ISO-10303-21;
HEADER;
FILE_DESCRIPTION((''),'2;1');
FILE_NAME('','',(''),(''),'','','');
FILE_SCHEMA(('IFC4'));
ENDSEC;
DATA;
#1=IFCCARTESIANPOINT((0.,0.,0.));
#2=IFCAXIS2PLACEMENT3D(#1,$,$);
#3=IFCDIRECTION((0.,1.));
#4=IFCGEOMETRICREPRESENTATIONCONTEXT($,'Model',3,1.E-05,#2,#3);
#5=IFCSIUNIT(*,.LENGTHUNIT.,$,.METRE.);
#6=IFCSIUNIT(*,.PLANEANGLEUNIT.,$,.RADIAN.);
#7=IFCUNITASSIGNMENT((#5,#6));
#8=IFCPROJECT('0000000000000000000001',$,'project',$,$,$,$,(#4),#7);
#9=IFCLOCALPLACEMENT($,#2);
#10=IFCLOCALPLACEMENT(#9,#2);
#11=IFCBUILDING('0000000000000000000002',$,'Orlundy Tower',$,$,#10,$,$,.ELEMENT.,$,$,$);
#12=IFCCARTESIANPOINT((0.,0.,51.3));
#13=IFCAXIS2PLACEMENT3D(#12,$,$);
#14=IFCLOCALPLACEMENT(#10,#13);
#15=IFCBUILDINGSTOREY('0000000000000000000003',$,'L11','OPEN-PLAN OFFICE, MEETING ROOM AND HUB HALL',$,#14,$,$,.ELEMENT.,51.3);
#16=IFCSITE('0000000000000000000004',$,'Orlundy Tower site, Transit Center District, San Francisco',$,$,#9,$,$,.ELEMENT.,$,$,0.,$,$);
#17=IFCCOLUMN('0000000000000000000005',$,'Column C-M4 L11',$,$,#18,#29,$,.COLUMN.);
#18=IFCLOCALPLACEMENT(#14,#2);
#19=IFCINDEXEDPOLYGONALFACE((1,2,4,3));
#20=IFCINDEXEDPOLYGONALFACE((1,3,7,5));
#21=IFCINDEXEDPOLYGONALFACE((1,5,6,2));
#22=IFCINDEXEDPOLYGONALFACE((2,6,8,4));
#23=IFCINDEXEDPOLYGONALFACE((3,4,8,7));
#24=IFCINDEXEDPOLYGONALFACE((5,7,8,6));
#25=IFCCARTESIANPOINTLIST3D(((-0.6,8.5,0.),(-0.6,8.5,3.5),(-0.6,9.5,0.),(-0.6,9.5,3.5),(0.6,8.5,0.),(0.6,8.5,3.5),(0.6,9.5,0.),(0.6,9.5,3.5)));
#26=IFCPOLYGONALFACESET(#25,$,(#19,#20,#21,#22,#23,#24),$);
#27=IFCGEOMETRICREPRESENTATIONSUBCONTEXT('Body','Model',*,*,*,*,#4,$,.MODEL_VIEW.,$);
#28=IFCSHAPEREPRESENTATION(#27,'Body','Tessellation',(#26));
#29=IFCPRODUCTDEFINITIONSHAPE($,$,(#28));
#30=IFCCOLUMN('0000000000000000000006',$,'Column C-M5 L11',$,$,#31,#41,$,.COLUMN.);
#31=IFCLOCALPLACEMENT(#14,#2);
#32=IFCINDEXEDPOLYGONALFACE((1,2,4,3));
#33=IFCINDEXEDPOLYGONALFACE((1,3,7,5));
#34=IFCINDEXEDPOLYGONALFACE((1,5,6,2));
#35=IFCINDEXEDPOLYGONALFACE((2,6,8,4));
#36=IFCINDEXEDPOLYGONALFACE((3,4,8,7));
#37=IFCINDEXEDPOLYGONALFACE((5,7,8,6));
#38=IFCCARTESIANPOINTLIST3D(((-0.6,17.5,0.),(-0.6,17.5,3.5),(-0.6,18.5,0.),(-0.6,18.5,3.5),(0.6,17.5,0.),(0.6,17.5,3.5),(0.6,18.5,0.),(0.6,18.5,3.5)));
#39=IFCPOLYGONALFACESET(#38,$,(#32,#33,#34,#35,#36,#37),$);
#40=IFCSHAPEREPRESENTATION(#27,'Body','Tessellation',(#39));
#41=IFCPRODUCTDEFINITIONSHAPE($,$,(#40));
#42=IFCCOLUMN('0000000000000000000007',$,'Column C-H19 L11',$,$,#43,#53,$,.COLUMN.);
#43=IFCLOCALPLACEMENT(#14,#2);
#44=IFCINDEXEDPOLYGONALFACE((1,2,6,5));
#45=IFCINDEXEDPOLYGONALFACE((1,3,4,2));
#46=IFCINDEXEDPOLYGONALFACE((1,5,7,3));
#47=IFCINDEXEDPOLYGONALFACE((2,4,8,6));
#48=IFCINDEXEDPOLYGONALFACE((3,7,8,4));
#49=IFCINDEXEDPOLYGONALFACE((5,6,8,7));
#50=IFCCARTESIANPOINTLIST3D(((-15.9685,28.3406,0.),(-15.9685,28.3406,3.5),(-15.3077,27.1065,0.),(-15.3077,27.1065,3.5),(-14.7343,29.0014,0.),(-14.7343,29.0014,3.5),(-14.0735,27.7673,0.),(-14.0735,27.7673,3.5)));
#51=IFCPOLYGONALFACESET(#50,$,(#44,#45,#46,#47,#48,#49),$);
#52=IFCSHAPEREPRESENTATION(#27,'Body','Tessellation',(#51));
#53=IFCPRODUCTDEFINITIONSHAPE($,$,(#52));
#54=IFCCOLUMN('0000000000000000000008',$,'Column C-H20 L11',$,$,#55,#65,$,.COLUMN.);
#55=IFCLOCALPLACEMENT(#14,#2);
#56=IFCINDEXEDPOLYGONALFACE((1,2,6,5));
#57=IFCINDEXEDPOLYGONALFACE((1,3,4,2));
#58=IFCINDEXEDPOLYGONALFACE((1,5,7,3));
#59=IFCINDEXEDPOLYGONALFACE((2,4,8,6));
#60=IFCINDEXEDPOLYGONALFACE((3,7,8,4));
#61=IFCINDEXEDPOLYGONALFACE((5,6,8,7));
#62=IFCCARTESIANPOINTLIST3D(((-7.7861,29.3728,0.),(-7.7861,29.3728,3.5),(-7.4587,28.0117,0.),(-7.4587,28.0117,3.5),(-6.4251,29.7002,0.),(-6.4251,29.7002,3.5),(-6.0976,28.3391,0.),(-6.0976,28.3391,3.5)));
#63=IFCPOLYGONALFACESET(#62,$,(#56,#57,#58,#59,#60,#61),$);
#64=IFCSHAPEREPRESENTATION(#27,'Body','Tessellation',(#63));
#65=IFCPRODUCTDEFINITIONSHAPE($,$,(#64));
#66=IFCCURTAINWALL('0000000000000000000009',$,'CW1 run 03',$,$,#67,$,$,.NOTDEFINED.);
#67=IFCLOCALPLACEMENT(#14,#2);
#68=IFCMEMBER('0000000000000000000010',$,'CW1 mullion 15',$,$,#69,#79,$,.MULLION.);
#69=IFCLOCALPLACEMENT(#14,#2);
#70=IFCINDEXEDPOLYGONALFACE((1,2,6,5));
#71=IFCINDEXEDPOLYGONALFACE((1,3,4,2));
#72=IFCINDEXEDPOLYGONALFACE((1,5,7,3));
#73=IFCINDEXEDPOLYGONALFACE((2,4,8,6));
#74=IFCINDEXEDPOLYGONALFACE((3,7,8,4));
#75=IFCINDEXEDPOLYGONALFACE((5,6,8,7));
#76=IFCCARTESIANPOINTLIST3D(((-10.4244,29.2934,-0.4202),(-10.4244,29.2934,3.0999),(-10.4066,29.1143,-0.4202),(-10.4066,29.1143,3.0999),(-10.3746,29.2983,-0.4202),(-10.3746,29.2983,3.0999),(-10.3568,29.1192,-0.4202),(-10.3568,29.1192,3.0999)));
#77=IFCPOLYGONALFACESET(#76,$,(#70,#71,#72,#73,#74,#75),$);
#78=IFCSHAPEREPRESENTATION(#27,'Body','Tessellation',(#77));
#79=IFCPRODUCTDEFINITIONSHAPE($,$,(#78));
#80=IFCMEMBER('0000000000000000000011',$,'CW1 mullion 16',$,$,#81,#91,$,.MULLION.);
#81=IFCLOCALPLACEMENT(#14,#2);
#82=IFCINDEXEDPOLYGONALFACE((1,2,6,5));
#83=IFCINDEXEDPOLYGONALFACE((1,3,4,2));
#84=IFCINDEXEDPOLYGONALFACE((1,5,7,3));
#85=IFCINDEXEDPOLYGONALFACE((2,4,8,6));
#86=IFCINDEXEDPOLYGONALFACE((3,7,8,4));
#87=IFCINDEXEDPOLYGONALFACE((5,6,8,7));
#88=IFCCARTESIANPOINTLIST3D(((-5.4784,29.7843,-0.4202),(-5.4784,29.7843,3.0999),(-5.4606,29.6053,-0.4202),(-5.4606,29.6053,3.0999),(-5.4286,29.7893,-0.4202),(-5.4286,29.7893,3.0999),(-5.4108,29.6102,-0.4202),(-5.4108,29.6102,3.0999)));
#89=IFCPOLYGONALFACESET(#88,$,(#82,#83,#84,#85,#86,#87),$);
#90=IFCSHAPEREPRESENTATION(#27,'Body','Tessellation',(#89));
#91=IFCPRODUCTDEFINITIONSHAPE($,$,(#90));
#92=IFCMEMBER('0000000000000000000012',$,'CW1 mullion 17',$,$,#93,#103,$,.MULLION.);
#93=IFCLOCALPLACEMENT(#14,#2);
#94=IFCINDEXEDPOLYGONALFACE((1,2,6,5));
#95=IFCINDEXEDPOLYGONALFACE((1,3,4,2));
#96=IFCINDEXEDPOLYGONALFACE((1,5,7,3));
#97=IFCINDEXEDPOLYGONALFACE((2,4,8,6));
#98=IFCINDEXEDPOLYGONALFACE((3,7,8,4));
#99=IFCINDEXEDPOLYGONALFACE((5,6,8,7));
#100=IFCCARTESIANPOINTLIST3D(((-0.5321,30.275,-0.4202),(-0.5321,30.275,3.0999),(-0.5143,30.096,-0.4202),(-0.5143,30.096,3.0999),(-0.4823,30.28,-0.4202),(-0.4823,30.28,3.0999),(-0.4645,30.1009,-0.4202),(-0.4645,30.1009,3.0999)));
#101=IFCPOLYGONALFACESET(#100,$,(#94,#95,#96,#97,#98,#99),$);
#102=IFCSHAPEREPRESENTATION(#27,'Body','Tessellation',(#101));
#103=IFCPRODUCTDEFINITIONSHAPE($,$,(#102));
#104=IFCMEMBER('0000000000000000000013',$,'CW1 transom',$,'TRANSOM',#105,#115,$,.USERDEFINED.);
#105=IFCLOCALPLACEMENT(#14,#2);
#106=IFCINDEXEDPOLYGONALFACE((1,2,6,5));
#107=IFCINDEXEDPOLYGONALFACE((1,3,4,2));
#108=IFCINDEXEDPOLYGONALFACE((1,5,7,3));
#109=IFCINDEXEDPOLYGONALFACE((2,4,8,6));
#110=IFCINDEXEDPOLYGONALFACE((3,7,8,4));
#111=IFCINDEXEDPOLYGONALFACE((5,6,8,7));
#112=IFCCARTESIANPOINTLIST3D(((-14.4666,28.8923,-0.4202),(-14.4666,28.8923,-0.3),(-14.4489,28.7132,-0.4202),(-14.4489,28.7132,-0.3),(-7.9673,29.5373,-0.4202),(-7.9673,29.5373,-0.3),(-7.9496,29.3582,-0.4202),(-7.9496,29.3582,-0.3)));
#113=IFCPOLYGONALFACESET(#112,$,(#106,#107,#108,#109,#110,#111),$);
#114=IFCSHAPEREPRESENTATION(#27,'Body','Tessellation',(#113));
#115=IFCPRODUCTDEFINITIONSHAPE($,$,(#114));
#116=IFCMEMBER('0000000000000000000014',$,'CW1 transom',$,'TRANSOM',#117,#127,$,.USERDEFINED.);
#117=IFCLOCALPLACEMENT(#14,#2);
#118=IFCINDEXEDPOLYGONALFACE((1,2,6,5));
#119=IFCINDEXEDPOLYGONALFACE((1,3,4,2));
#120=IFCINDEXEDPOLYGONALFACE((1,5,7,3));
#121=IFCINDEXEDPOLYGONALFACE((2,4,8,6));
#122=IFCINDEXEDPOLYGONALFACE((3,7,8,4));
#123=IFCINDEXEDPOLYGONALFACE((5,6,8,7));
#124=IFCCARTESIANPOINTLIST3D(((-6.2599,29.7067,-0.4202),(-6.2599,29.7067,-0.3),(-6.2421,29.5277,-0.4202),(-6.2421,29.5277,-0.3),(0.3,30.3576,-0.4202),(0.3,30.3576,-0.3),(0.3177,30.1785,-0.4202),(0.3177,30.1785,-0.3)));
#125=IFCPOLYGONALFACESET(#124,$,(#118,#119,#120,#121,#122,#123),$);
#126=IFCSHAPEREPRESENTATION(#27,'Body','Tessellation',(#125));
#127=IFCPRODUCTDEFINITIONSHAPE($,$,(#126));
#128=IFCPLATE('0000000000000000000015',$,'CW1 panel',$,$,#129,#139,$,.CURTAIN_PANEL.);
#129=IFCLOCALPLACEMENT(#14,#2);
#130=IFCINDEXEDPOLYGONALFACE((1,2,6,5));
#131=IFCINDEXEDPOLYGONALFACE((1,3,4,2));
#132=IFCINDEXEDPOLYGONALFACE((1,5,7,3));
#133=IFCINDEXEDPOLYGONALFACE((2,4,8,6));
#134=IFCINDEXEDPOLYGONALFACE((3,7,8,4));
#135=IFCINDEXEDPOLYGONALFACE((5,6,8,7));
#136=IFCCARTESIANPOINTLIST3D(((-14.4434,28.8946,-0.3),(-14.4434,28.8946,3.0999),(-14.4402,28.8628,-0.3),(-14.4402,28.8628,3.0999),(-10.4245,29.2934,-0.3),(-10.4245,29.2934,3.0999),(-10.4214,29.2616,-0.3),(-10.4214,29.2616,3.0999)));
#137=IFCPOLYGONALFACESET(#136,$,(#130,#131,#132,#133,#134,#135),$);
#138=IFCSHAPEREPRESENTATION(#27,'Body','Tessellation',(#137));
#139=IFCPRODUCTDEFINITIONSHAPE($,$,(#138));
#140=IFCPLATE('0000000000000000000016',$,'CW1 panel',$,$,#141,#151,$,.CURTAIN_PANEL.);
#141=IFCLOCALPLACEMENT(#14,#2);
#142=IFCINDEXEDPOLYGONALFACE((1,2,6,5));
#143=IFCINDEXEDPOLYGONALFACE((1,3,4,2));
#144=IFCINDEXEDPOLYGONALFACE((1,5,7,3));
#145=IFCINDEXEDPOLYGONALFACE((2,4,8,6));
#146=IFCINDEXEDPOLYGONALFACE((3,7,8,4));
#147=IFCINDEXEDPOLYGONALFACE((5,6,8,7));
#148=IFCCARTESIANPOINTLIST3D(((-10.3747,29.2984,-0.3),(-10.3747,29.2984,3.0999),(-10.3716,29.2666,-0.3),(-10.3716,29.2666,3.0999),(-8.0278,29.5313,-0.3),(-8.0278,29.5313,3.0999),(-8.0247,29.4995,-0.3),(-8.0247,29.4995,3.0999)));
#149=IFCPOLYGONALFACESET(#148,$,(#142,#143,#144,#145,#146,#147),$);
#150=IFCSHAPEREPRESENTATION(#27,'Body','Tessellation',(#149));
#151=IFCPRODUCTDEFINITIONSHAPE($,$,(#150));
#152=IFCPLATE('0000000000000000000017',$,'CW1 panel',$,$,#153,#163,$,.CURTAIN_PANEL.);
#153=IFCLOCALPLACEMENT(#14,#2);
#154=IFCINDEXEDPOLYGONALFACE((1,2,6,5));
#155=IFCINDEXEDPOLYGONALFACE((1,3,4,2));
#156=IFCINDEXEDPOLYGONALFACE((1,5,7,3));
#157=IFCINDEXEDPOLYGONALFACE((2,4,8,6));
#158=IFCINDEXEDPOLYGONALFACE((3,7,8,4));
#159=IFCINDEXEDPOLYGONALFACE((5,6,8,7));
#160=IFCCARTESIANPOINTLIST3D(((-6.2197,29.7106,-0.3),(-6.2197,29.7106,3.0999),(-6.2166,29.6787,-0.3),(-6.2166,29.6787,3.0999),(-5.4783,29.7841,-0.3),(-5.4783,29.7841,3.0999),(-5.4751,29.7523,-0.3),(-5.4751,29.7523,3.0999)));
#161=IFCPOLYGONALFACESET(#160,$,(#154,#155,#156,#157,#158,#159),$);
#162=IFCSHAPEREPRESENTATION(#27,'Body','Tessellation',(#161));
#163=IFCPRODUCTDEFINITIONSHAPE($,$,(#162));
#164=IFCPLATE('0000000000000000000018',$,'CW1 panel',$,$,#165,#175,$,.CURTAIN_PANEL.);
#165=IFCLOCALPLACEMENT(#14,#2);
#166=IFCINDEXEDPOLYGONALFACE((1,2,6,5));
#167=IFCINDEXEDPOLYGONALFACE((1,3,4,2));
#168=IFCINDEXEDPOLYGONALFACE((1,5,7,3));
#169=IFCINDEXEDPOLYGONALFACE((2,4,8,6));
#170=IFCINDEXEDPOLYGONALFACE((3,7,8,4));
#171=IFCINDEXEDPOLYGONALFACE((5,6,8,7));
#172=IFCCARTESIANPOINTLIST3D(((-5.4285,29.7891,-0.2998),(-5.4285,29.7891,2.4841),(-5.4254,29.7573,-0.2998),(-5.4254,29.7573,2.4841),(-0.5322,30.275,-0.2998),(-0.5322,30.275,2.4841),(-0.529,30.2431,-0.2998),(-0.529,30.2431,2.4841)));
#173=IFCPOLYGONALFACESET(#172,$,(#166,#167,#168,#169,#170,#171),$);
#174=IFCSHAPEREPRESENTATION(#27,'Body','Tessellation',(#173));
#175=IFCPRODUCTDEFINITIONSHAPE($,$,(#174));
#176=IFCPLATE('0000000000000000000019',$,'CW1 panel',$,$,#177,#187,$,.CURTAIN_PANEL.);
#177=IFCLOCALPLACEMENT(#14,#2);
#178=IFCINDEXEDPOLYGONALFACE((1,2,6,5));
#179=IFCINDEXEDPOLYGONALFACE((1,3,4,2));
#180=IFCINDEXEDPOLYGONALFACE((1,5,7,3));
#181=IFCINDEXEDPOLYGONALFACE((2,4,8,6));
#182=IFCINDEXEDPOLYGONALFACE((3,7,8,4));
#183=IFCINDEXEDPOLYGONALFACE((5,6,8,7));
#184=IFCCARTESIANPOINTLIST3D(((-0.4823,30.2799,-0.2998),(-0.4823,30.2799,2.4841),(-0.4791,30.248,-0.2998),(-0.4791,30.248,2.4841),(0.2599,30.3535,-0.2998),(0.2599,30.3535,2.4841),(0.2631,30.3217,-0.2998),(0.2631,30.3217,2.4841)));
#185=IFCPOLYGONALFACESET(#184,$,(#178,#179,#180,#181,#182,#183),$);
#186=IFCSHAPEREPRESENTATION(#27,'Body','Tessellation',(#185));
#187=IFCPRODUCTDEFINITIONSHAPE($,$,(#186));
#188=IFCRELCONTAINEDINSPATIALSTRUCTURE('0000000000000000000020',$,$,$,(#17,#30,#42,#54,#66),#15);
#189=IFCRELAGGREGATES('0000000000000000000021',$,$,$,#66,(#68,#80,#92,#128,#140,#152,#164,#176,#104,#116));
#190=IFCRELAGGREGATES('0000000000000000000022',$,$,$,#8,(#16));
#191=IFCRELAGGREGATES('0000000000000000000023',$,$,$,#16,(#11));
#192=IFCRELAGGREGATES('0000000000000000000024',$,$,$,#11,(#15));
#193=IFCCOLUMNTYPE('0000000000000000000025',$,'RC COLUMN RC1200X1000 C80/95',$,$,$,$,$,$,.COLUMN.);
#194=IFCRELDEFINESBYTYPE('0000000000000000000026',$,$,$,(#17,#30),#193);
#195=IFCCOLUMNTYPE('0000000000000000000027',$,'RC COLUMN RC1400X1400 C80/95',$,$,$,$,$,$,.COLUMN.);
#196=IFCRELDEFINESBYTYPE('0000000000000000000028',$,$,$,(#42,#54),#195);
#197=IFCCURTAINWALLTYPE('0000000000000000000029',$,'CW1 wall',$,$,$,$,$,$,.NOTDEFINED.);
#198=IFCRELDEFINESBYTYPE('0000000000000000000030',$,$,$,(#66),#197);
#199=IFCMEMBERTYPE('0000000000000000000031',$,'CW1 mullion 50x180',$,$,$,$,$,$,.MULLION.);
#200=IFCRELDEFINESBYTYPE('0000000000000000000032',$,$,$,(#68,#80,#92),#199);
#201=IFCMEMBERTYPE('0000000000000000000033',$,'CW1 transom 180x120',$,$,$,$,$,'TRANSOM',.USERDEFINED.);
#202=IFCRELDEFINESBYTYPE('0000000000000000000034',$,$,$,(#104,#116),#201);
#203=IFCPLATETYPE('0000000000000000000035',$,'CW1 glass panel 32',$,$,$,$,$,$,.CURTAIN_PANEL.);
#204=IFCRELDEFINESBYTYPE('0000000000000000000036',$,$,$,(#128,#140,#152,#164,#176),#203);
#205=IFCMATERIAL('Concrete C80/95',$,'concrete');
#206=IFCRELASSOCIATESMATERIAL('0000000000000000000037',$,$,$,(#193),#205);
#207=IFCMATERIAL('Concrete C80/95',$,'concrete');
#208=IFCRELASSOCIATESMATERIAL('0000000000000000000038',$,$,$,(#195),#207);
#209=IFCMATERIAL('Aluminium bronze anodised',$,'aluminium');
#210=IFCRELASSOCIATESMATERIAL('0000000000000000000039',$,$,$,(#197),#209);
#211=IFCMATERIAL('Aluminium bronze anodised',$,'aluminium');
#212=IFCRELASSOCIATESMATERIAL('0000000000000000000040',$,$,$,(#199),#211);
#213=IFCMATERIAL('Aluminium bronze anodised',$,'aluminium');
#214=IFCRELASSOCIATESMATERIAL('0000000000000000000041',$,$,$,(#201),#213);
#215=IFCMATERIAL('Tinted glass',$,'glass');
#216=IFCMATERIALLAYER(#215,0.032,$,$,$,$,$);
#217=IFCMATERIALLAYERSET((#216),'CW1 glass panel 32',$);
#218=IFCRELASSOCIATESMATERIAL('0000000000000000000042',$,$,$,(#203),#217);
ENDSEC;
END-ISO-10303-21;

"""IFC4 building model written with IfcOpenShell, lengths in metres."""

from ifc_helpers import new_model, si_unit, direction, frame, origin, origin_2d, place, context, subcontext, project, spatial, rectangle, extrude, material, layer, layer_set, material_profile, profile_set, type_object, element, aggregate, save


model = new_model("IFC4")

# Units and contexts
model_context = context("Model", 3, precision=1e-05, world=origin(), true_north=direction((0.0, 1.0)))
body_context = subcontext(model_context, "Body", "Model", "MODEL_VIEW")
ifc_project = project(units=[si_unit("LENGTHUNIT", "METRE"), si_unit("PLANEANGLEUNIT", "RADIAN")], contexts=[model_context])

# Site, building, storey
site_placement = place(None, origin())
site = spatial("IfcSite", under=ifc_project, at=site_placement, Name="Orlundy Tower site, Transit Center District, San Francisco", CompositionType="ELEMENT", RefElevation=0.0)
building_placement = place(site_placement, origin())
building = spatial("IfcBuilding", under=site, at=building_placement, Name="Orlundy Tower", CompositionType="ELEMENT")
storey_placement = place(building_placement, frame((0.0, 0.0, 51.3)))
storey = spatial("IfcBuildingStorey", under=building, at=storey_placement, Name="L11", Description="OPEN-PLAN OFFICE, MEETING ROOM AND HUB HALL", CompositionType="ELEMENT", Elevation=51.3)

# Columns
ifc_material_1 = material(Name="Concrete C80/95", Category="concrete")
ifc_material_profile_1 = material_profile(ifc_material_1, rectangle(XDim=1.2, YDim=1.0, at=origin_2d()), Name="RC1200X1000")
ifc_profile_set_1 = profile_set([ifc_material_profile_1], Name="Concrete C80/95")
column_type_1 = type_object("IfcColumnType", Name="RC COLUMN RC1200X1000 C80/95", PredefinedType="COLUMN", material=ifc_profile_set_1)
for number, where, z_axis, x_axis, name in (
    (1, (0.0, 9.0, 0.0), (0.0, 0.0, 1.0), (1.0, 0.0, 0.0), "Column C-M4 L11"),
    (2, (0.0, 18.0, 0.0), (0.0, 0.0, 1.0), (1.0, 0.0, 0.0), "Column C-M5 L11"),
):
    element("IfcColumn", number, at=place(storey_placement, frame(where, z_axis=z_axis, x_axis=x_axis)), inside=storey, type_object=column_type_1, Name=name, PredefinedType="COLUMN", context=body_context, shape_type="SweptSolid", body=[
        extrude(rectangle(XDim=1.2, YDim=1.0, at=origin_2d()), origin(), (0.0, 0.0, 1.0), 3.5),
    ])
ifc_material_2 = material(Name="Concrete C80/95", Category="concrete")
ifc_material_profile_2 = material_profile(ifc_material_2, rectangle(XDim=1.3999, YDim=1.3999, at=origin_2d()), Name="RC1400X1400")
ifc_profile_set_2 = profile_set([ifc_material_profile_2], Name="Concrete C80/95")
column_type_2 = type_object("IfcColumnType", Name="RC COLUMN RC1400X1400 C80/95", PredefinedType="COLUMN", material=ifc_profile_set_2)
for number, where, z_axis, x_axis, name in (
    (3, (-15.021, 28.054, 0.0), (0.0, 0.0, 1.0), (-0.472028, 0.881584, 0.0), "Column C-H19 L11"),
    (4, (-6.9419, 28.856, 0.0), (0.0, 0.0, 1.0), (-0.233904, 0.97226, 0.0), "Column C-H20 L11"),
):
    element("IfcColumn", number, at=place(storey_placement, frame(where, z_axis=z_axis, x_axis=x_axis)), inside=storey, type_object=column_type_2, Name=name, PredefinedType="COLUMN", context=body_context, shape_type="SweptSolid", body=[
        extrude(rectangle(XDim=1.3999, YDim=1.3999, at=origin_2d()), origin(), (0.0, 0.0, 1.0), 3.5),
    ])

# Curtain wall, members, plates
ifc_material_3 = material(Name="Aluminium bronze anodised", Category="aluminium")
curtain_wall_type = type_object("IfcCurtainWallType", Name="CW1 wall", PredefinedType="NOTDEFINED", material=ifc_material_3)
curtain_wall_placement = place(storey_placement, origin())
curtain_wall = element("IfcCurtainWall", 5, at=curtain_wall_placement, inside=storey, type_object=curtain_wall_type, Name="CW1 run 03", PredefinedType="NOTDEFINED")
ifc_material_4 = material(Name="Aluminium bronze anodised", Category="aluminium")
ifc_material_profile_3 = material_profile(ifc_material_4, rectangle(XDim=0.1799, YDim=0.05, at=origin_2d()), Name="CW1 mullion 50x180")
ifc_profile_set_3 = profile_set([ifc_material_profile_3], Name="Aluminium bronze anodised")
member_type_1 = type_object("IfcMemberType", Name="CW1 mullion 50x180", PredefinedType="MULLION", material=ifc_profile_set_3)
member_1_placement = place(storey_placement, frame((-10.3906, 29.2063, -0.4202), z_axis=(0.0, 0.0, 1.0), x_axis=(-0.098743, 0.995113, 0.0)))
member_1 = element("IfcMember", 6, at=member_1_placement, type_object=member_type_1, Name="CW1 mullion 15", PredefinedType="MULLION", context=body_context, shape_type="SweptSolid", body=[
    extrude(rectangle(XDim=0.1799, YDim=0.05, at=origin_2d()), origin(), (0.0, 0.0, 1.0), 3.52),
])
member_2_placement = place(storey_placement, frame((-5.4446, 29.6973, -0.4202), z_axis=(0.0, 0.0, 1.0), x_axis=(-0.098743, 0.995113, 0.0)))
member_2 = element("IfcMember", 7, at=member_2_placement, type_object=member_type_1, Name="CW1 mullion 16", PredefinedType="MULLION", context=body_context, shape_type="SweptSolid", body=[
    extrude(rectangle(XDim=0.1799, YDim=0.05, at=origin_2d()), origin(), (0.0, 0.0, 1.0), 3.52),
])
member_3_placement = place(storey_placement, frame((-0.4983, 30.188, -0.4202), z_axis=(0.0, 0.0, 1.0), x_axis=(-0.098743, 0.995113, 0.0)))
member_3 = element("IfcMember", 8, at=member_3_placement, type_object=member_type_1, Name="CW1 mullion 17", PredefinedType="MULLION", context=body_context, shape_type="SweptSolid", body=[
    extrude(rectangle(XDim=0.1799, YDim=0.05, at=origin_2d()), origin(), (0.0, 0.0, 1.0), 3.52),
])
ifc_material_5 = material(Name="Aluminium bronze anodised", Category="aluminium")
ifc_material_profile_4 = material_profile(ifc_material_5, rectangle(XDim=0.1799, YDim=0.1201, at=origin_2d()), Name="CW1 transom 180x120")
ifc_profile_set_4 = profile_set([ifc_material_profile_4], Name="Aluminium bronze anodised")
member_type_2 = type_object("IfcMemberType", Name="CW1 transom 180x120", ElementType="TRANSOM", PredefinedType="USERDEFINED", material=ifc_profile_set_4)
member_4_placement = place(storey_placement, frame((-14.4578, 28.8027, -0.3601), z_axis=(0.995111, 0.09876, 0.0), x_axis=(-0.09876, 0.995111, 0.0)))
member_4 = element("IfcMember", 9, at=member_4_placement, type_object=member_type_2, Name="CW1 transom", ObjectType="TRANSOM", PredefinedType="USERDEFINED", context=body_context, shape_type="SweptSolid", body=[
    extrude(rectangle(XDim=0.1799, YDim=0.1201, at=origin_2d()), origin(), (0.0, 0.0, 1.0), 6.5312),
])
member_5_placement = place(storey_placement, frame((-6.251, 29.6172, -0.3601), z_axis=(0.995114, 0.098737, 0.0), x_axis=(-0.098737, 0.995114, 0.0)))
member_5 = element("IfcMember", 10, at=member_5_placement, type_object=member_type_2, Name="CW1 transom", ObjectType="TRANSOM", PredefinedType="USERDEFINED", context=body_context, shape_type="SweptSolid", body=[
    extrude(rectangle(XDim=0.1799, YDim=0.1201, at=origin_2d()), origin(), (0.0, 0.0, 1.0), 6.592),
])
ifc_material_6 = material(Name="Tinted glass", Category="glass")
ifc_layer_1 = layer(ifc_material_6, 0.032)
ifc_layer_set_1 = layer_set([ifc_layer_1], Name="CW1 glass panel 32")
plate_type = type_object("IfcPlateType", Name="CW1 glass panel 32", PredefinedType="CURTAIN_PANEL", material=ifc_layer_set_1)
plate_1_placement = place(storey_placement, frame((-12.4324, 29.0781, -0.3), z_axis=(0.0, 0.0, 1.0), x_axis=(0.995113, 0.098743, 0.0)))
plate_1 = element("IfcPlate", 11, at=plate_1_placement, type_object=plate_type, Name="CW1 panel", PredefinedType="CURTAIN_PANEL", context=body_context, shape_type="SweptSolid", body=[
    extrude(rectangle(XDim=4.0386, YDim=0.032, at=origin_2d()), origin(), (0.0, 0.0, 1.0), 3.3999),
])
plate_2_placement = place(storey_placement, frame((-9.1997, 29.3989, -0.3), z_axis=(0.0, 0.0, 1.0), x_axis=(0.995113, 0.098743, 0.0)))
plate_2 = element("IfcPlate", 12, at=plate_2_placement, type_object=plate_type, Name="CW1 panel", PredefinedType="CURTAIN_PANEL", context=body_context, shape_type="SweptSolid", body=[
    extrude(rectangle(XDim=2.3584, YDim=0.032, at=origin_2d()), origin(), (0.0, 0.0, 1.0), 3.3999),
])
plate_3_placement = place(storey_placement, frame((-5.8474, 29.7314, -0.3), z_axis=(0.0, 0.0, 1.0), x_axis=(0.995113, 0.098743, 0.0)))
plate_3 = element("IfcPlate", 13, at=plate_3_placement, type_object=plate_type, Name="CW1 panel", PredefinedType="CURTAIN_PANEL", context=body_context, shape_type="SweptSolid", body=[
    extrude(rectangle(XDim=0.7451, YDim=0.032, at=origin_2d()), origin(), (0.0, 0.0, 1.0), 3.3999),
])
plate_4_placement = place(storey_placement, frame((-2.9788, 30.0161, -0.2998), z_axis=(0.0, 0.0, 1.0), x_axis=(0.995113, 0.098743, 0.0)))
plate_4 = element("IfcPlate", 14, at=plate_4_placement, type_object=plate_type, Name="CW1 panel", PredefinedType="CURTAIN_PANEL", context=body_context, shape_type="SweptSolid", body=[
    extrude(rectangle(XDim=4.9204, YDim=0.032, at=origin_2d()), origin(), (0.0, 0.0, 1.0), 2.7839),
])
plate_5_placement = place(storey_placement, frame((-0.1096, 30.3008, -0.2998), z_axis=(0.0, 0.0, 1.0), x_axis=(0.995113, 0.098743, 0.0)))
plate_5 = element("IfcPlate", 15, at=plate_5_placement, type_object=plate_type, Name="CW1 panel", PredefinedType="CURTAIN_PANEL", context=body_context, shape_type="SweptSolid", body=[
    extrude(rectangle(XDim=0.7458, YDim=0.032, at=origin_2d()), origin(), (0.0, 0.0, 1.0), 2.7839),
])
aggregate(curtain_wall, [member_1, member_2, member_3, plate_1, plate_2, plate_3, plate_4, plate_5, member_4, member_5])

save(model, "model.ifc")
